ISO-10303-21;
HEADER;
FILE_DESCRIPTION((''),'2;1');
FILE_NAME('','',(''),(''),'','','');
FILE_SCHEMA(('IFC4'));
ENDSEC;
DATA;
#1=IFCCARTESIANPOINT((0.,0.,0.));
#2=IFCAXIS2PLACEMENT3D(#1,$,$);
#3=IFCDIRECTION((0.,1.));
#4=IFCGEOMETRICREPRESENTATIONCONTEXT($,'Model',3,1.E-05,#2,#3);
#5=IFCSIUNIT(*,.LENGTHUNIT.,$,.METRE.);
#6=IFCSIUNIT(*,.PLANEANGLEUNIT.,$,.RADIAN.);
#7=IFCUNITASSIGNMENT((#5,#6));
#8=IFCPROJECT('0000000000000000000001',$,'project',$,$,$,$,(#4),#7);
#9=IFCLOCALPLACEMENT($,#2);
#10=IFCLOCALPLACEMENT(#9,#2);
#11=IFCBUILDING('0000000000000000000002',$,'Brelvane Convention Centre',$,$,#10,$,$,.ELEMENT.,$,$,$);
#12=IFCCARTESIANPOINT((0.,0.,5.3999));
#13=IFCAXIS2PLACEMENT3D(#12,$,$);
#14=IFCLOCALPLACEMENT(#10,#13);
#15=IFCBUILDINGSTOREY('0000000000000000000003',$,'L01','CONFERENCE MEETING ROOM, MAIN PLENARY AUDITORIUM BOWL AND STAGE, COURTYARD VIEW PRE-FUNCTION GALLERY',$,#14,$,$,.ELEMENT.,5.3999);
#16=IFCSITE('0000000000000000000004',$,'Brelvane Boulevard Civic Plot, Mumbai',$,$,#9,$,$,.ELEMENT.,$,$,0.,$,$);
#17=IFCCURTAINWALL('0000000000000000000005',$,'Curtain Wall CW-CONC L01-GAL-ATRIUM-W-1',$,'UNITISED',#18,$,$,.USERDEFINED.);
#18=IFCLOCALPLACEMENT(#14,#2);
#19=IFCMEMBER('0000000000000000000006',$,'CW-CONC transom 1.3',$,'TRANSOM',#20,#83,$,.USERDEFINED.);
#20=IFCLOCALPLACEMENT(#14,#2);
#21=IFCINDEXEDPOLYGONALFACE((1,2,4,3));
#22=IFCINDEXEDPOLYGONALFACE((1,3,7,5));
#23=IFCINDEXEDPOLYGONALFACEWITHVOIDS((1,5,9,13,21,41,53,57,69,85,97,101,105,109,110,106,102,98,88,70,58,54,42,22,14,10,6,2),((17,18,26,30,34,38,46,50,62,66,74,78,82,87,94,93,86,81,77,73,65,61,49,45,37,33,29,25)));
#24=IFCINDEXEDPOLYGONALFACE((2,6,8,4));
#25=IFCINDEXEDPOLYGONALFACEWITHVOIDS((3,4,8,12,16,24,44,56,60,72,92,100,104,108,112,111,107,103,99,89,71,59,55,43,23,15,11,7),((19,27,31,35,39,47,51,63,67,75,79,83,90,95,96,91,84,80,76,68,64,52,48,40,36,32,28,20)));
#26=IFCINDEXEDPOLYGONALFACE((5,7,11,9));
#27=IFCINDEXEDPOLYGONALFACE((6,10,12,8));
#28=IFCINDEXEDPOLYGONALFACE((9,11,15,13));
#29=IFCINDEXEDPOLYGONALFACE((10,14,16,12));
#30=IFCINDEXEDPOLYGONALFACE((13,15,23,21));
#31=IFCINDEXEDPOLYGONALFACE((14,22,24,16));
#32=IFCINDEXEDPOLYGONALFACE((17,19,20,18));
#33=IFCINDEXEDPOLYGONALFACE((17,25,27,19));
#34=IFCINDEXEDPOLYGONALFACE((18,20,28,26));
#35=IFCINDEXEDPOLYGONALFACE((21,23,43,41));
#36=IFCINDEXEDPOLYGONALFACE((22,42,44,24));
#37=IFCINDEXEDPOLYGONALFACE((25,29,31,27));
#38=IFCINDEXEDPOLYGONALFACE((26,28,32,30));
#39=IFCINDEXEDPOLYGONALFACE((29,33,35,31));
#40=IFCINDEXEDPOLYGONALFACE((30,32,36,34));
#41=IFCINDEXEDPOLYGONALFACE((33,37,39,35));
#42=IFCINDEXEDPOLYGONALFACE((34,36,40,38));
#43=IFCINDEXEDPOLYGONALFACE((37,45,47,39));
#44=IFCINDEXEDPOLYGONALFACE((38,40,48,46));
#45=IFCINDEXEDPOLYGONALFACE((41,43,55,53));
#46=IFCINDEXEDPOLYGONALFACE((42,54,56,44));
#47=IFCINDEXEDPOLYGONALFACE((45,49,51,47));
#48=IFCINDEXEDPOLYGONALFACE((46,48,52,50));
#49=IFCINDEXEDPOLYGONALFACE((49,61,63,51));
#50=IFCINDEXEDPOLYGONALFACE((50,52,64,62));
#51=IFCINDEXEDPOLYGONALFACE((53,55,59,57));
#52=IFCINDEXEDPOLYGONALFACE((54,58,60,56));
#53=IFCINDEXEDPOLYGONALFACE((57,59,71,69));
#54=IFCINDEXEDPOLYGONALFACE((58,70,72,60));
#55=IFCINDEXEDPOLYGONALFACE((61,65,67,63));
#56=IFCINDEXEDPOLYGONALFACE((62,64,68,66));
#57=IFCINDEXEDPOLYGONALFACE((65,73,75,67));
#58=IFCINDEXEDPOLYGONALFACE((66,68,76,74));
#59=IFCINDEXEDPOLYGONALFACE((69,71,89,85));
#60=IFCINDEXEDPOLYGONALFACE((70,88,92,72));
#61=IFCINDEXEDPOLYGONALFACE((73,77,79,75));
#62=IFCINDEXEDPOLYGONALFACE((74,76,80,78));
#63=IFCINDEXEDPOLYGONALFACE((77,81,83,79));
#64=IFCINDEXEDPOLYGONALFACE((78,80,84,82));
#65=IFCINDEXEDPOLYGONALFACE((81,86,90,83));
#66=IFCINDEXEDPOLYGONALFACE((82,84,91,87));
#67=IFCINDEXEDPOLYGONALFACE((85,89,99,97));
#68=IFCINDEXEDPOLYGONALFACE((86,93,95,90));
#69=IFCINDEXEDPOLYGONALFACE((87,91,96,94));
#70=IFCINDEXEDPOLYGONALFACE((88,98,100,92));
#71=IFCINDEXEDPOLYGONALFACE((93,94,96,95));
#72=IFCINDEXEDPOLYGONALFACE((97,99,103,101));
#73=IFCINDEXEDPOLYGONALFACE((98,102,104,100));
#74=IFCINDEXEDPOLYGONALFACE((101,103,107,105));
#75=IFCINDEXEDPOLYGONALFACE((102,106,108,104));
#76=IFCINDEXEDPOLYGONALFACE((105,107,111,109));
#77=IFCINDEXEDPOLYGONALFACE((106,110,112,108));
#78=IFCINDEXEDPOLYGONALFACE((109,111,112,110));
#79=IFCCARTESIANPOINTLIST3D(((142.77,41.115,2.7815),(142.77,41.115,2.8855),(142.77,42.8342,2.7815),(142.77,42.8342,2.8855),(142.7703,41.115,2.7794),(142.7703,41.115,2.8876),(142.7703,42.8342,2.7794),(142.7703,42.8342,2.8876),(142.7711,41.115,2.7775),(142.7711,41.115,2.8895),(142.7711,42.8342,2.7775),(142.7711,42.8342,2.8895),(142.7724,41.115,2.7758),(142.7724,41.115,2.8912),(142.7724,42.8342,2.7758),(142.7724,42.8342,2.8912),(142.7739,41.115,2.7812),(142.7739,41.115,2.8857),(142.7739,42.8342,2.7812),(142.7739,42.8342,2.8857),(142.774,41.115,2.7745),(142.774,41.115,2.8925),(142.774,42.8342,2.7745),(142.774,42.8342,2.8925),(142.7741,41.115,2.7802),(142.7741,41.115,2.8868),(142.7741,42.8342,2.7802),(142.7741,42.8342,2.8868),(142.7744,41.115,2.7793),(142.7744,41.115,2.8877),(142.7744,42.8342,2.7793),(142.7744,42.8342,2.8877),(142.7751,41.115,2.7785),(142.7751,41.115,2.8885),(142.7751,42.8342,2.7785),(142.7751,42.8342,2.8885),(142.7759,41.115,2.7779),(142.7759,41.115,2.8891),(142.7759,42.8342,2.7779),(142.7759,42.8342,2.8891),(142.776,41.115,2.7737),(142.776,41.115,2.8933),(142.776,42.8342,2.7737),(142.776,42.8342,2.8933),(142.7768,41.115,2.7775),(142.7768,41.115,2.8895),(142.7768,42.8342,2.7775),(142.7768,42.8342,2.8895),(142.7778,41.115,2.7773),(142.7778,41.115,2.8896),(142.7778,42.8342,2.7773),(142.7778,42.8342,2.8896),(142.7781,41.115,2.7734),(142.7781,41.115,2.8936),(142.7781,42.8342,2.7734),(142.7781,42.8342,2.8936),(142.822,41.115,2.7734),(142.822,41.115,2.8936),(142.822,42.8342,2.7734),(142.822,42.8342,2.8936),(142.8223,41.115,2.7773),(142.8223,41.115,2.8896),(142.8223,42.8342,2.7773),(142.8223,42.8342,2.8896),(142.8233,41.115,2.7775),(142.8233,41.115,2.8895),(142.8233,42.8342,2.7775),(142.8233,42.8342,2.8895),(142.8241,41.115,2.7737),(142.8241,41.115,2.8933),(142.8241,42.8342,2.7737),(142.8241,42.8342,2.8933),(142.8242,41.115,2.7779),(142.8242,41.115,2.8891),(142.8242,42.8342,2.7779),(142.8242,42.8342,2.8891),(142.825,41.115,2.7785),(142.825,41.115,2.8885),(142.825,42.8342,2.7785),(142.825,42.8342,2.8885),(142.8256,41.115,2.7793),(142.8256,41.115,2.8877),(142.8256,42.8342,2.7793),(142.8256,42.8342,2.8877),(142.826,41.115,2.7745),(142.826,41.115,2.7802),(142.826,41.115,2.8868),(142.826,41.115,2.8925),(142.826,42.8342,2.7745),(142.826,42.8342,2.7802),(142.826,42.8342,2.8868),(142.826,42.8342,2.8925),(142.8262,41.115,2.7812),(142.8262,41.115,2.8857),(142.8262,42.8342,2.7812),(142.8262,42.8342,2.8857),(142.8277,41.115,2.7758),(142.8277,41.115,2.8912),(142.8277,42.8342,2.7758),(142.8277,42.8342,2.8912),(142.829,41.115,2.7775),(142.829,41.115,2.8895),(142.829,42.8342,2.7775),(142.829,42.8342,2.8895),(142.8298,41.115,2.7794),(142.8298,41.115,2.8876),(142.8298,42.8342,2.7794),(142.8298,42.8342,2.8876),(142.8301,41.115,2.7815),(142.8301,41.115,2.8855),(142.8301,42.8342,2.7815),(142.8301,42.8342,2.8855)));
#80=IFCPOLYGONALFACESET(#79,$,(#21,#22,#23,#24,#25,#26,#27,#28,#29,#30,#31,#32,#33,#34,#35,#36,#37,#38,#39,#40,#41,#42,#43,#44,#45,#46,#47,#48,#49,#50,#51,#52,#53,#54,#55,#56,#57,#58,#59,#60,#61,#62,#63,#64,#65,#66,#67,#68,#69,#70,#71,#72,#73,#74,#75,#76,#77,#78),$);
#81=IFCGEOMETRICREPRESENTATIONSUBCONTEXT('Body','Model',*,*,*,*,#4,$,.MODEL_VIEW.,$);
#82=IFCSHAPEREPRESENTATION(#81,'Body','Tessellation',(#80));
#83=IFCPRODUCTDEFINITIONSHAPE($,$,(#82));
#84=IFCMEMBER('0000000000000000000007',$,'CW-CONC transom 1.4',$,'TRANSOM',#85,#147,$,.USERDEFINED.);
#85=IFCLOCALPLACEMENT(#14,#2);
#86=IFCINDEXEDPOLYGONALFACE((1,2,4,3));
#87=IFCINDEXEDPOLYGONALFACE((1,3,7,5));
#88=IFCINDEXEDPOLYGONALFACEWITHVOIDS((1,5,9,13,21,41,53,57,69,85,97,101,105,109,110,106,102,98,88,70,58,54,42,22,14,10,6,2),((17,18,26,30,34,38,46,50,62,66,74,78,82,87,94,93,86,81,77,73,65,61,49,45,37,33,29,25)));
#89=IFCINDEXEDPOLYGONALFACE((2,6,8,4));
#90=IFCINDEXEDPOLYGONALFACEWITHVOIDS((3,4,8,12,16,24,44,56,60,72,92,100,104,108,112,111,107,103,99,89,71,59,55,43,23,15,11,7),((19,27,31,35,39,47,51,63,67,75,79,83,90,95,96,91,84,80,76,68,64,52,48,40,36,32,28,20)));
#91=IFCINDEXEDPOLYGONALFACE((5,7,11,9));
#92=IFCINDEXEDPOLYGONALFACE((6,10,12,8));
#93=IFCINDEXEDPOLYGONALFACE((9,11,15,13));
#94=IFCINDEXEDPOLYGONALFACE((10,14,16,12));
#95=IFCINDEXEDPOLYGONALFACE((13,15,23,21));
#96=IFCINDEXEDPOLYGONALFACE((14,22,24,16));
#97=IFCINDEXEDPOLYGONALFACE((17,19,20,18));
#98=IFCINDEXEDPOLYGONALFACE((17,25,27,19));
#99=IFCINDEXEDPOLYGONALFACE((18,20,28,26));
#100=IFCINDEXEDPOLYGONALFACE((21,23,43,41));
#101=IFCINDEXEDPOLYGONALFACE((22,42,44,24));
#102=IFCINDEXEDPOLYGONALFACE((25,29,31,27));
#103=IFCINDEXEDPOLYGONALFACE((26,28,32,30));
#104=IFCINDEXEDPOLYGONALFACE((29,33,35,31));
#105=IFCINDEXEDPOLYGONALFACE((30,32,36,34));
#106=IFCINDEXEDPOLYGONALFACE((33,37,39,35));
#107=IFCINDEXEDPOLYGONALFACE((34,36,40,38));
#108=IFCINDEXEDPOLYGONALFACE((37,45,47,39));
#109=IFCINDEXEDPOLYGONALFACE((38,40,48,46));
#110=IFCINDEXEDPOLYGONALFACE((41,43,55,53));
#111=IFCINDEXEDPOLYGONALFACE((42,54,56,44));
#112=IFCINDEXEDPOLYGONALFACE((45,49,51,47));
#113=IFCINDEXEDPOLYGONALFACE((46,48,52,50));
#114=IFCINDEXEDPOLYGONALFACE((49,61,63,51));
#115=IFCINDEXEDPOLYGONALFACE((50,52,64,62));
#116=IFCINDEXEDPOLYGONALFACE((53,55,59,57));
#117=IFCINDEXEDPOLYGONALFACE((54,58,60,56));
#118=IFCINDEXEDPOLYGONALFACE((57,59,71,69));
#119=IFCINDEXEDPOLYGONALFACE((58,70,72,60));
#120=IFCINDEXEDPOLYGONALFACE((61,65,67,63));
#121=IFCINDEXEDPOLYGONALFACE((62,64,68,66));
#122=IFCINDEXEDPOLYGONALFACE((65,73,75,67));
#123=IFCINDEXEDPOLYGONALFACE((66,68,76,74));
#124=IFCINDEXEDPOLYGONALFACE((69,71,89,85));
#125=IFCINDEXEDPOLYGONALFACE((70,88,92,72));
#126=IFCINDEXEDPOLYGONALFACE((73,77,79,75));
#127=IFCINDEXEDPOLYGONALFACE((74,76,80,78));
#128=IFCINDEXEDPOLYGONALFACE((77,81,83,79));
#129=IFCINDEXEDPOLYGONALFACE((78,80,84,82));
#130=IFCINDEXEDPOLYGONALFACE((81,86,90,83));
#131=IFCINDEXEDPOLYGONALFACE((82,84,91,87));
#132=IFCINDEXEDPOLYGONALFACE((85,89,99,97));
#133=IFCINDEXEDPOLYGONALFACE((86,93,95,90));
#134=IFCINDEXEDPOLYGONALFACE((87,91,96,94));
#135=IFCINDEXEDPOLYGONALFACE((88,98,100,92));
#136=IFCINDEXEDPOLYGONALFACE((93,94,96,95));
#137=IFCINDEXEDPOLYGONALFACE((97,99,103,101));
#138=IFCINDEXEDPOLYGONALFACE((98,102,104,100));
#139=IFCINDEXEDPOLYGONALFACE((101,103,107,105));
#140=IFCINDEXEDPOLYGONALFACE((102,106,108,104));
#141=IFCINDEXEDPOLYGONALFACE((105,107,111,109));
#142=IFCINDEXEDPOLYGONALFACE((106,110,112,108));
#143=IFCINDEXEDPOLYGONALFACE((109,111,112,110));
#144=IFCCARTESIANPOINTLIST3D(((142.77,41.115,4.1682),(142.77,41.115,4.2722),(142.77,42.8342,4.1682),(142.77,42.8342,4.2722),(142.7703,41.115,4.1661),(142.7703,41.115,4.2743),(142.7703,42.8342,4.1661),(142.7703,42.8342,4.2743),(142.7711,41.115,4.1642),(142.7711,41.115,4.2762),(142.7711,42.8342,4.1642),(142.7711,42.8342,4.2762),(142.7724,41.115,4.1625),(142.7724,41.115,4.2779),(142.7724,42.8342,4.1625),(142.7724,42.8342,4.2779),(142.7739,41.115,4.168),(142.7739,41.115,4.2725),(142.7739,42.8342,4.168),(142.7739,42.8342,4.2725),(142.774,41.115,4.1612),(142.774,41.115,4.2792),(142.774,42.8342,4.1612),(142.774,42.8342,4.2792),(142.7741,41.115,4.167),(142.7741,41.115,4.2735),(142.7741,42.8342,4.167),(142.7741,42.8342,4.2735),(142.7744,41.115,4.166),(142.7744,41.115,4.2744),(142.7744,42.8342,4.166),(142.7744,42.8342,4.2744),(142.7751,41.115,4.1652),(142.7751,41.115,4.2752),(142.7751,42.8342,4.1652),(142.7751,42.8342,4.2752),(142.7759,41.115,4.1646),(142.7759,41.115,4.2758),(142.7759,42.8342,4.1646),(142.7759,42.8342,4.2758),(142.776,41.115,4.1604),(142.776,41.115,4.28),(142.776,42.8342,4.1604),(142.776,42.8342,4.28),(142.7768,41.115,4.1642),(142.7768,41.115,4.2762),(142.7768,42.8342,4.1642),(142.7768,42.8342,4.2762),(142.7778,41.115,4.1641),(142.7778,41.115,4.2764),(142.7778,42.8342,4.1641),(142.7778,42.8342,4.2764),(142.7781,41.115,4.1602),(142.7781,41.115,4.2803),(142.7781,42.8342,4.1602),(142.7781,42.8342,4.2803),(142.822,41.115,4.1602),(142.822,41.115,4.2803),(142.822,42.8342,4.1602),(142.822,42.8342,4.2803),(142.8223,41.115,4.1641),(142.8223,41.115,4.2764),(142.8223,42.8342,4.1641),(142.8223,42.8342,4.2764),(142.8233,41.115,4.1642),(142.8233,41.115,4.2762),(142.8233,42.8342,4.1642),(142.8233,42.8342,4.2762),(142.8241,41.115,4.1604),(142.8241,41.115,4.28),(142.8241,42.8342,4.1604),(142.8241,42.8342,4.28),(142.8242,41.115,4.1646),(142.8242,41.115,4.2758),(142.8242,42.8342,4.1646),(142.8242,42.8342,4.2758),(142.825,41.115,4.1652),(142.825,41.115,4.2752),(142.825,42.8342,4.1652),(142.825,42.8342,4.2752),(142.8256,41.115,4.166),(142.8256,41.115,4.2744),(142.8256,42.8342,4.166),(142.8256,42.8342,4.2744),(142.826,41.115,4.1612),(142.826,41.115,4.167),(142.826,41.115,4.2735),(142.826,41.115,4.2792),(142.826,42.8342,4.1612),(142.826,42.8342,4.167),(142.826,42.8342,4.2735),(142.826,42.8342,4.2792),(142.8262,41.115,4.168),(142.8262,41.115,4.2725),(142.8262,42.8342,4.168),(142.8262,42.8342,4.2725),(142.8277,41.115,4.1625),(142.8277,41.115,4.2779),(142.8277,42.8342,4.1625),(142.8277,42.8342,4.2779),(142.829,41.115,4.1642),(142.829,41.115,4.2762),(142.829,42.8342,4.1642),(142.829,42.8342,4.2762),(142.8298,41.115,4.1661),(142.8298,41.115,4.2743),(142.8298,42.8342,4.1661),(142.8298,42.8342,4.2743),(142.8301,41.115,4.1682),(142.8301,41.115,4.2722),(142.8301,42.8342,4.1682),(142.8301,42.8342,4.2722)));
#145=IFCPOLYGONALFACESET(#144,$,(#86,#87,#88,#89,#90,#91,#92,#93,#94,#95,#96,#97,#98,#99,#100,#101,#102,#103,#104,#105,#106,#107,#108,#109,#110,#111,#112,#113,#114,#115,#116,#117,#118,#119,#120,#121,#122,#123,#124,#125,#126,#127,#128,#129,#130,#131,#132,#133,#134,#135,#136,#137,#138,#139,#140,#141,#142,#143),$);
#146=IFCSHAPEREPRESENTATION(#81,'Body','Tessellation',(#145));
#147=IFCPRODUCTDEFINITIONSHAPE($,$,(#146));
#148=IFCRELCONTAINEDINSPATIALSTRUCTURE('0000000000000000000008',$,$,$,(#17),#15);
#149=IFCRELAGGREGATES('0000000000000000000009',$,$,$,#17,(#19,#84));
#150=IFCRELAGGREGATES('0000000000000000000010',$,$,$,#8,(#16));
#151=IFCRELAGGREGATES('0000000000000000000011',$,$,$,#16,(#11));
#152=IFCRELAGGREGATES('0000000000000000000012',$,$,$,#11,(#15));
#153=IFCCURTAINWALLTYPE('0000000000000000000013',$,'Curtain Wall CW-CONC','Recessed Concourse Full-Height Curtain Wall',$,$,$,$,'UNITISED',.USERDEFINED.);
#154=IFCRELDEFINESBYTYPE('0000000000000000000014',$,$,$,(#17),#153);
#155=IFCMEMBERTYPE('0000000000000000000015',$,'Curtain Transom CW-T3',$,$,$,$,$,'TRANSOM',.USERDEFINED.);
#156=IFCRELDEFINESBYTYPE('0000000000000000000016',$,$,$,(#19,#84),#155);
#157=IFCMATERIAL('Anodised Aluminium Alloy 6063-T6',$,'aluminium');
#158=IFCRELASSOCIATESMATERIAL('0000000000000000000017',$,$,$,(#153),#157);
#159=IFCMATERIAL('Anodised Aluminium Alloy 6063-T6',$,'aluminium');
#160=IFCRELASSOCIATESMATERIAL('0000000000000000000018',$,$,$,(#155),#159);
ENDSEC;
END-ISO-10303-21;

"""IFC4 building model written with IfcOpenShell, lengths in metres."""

from ifc_helpers import new_model, si_unit, direction, frame, origin, origin_2d, place, context, subcontext, project, spatial, hollow_rectangle, extrude, material, material_profile, profile_set, type_object, element, aggregate, save


model = new_model("IFC4")

# Units and contexts
model_context = context("Model", 3, precision=1e-05, world=origin(), true_north=direction((0.0, 1.0)))
body_context = subcontext(model_context, "Body", "Model", "MODEL_VIEW")
ifc_project = project(units=[si_unit("LENGTHUNIT", "METRE"), si_unit("PLANEANGLEUNIT", "RADIAN")], contexts=[model_context])

# Site, building, storey
site_placement = place(None, origin())
site = spatial("IfcSite", under=ifc_project, at=site_placement, Name="Brelvane Boulevard Civic Plot, Mumbai", CompositionType="ELEMENT", RefElevation=0.0)
building_placement = place(site_placement, origin())
building = spatial("IfcBuilding", under=site, at=building_placement, Name="Brelvane Convention Centre", CompositionType="ELEMENT")
storey_placement = place(building_placement, frame((0.0, 0.0, 5.3999)))
storey = spatial("IfcBuildingStorey", under=building, at=storey_placement, Name="L01", Description="CONFERENCE MEETING ROOM, MAIN PLENARY AUDITORIUM BOWL AND STAGE, COURTYARD VIEW PRE-FUNCTION GALLERY", CompositionType="ELEMENT", Elevation=5.3999)

# Curtain wall, members
ifc_material_1 = material(Name="Anodised Aluminium Alloy 6063-T6", Category="aluminium")
curtain_wall_type = type_object("IfcCurtainWallType", Name="Curtain Wall CW-CONC", Description="Recessed Concourse Full-Height Curtain Wall", ElementType="UNITISED", PredefinedType="USERDEFINED", material=ifc_material_1)
curtain_wall_placement = place(storey_placement, origin())
curtain_wall = element("IfcCurtainWall", 1, at=curtain_wall_placement, inside=storey, type_object=curtain_wall_type, Name="Curtain Wall CW-CONC L01-GAL-ATRIUM-W-1", ObjectType="UNITISED", PredefinedType="USERDEFINED")
ifc_material_2 = material(Name="Anodised Aluminium Alloy 6063-T6", Category="aluminium")
ifc_material_profile_1 = material_profile(ifc_material_2, hollow_rectangle(XDim=0.0601, YDim=0.1201, WallThickness=0.0039, InnerFilletRadius=0.0039, OuterFilletRadius=0.0081, at=origin_2d()), Name="ALU-T 120x60x4.0")
ifc_profile_set_1 = profile_set([ifc_material_profile_1], Name="Anodised Aluminium Alloy 6063-T6")
member_type_1 = type_object("IfcMemberType", Name="Curtain Transom CW-T3", ElementType="TRANSOM", PredefinedType="USERDEFINED", material=ifc_profile_set_1)
member_1_placement = place(storey_placement, frame((142.8, 41.115, 2.8335), z_axis=(0.0, 1.0, 0.0), x_axis=(-1.0, 0.0, 0.0)))
member_1 = element("IfcMember", 2, at=member_1_placement, type_object=member_type_1, Name="CW-CONC transom 1.3", ObjectType="TRANSOM", PredefinedType="USERDEFINED", context=body_context, shape_type="SweptSolid", body=[
    extrude(hollow_rectangle(XDim=0.0601, YDim=0.1201, WallThickness=0.0039, InnerFilletRadius=0.0039, OuterFilletRadius=0.0081, at=origin_2d()), origin(), (0.0, 0.0, 1.0), 1.7192),
])
member_2_placement = place(storey_placement, frame((142.8, 41.115, 4.2202), z_axis=(0.0, 1.0, 0.0), x_axis=(-1.0, 0.0, 0.0)))
member_2 = element("IfcMember", 3, at=member_2_placement, type_object=member_type_1, Name="CW-CONC transom 1.4", ObjectType="TRANSOM", PredefinedType="USERDEFINED", context=body_context, shape_type="SweptSolid", body=[
    extrude(hollow_rectangle(XDim=0.0601, YDim=0.1201, WallThickness=0.0039, InnerFilletRadius=0.0039, OuterFilletRadius=0.0081, at=origin_2d()), origin(), (0.0, 0.0, 1.0), 1.7192),
])

aggregate(curtain_wall, [member_1, member_2])

save(model, "model.ifc")
